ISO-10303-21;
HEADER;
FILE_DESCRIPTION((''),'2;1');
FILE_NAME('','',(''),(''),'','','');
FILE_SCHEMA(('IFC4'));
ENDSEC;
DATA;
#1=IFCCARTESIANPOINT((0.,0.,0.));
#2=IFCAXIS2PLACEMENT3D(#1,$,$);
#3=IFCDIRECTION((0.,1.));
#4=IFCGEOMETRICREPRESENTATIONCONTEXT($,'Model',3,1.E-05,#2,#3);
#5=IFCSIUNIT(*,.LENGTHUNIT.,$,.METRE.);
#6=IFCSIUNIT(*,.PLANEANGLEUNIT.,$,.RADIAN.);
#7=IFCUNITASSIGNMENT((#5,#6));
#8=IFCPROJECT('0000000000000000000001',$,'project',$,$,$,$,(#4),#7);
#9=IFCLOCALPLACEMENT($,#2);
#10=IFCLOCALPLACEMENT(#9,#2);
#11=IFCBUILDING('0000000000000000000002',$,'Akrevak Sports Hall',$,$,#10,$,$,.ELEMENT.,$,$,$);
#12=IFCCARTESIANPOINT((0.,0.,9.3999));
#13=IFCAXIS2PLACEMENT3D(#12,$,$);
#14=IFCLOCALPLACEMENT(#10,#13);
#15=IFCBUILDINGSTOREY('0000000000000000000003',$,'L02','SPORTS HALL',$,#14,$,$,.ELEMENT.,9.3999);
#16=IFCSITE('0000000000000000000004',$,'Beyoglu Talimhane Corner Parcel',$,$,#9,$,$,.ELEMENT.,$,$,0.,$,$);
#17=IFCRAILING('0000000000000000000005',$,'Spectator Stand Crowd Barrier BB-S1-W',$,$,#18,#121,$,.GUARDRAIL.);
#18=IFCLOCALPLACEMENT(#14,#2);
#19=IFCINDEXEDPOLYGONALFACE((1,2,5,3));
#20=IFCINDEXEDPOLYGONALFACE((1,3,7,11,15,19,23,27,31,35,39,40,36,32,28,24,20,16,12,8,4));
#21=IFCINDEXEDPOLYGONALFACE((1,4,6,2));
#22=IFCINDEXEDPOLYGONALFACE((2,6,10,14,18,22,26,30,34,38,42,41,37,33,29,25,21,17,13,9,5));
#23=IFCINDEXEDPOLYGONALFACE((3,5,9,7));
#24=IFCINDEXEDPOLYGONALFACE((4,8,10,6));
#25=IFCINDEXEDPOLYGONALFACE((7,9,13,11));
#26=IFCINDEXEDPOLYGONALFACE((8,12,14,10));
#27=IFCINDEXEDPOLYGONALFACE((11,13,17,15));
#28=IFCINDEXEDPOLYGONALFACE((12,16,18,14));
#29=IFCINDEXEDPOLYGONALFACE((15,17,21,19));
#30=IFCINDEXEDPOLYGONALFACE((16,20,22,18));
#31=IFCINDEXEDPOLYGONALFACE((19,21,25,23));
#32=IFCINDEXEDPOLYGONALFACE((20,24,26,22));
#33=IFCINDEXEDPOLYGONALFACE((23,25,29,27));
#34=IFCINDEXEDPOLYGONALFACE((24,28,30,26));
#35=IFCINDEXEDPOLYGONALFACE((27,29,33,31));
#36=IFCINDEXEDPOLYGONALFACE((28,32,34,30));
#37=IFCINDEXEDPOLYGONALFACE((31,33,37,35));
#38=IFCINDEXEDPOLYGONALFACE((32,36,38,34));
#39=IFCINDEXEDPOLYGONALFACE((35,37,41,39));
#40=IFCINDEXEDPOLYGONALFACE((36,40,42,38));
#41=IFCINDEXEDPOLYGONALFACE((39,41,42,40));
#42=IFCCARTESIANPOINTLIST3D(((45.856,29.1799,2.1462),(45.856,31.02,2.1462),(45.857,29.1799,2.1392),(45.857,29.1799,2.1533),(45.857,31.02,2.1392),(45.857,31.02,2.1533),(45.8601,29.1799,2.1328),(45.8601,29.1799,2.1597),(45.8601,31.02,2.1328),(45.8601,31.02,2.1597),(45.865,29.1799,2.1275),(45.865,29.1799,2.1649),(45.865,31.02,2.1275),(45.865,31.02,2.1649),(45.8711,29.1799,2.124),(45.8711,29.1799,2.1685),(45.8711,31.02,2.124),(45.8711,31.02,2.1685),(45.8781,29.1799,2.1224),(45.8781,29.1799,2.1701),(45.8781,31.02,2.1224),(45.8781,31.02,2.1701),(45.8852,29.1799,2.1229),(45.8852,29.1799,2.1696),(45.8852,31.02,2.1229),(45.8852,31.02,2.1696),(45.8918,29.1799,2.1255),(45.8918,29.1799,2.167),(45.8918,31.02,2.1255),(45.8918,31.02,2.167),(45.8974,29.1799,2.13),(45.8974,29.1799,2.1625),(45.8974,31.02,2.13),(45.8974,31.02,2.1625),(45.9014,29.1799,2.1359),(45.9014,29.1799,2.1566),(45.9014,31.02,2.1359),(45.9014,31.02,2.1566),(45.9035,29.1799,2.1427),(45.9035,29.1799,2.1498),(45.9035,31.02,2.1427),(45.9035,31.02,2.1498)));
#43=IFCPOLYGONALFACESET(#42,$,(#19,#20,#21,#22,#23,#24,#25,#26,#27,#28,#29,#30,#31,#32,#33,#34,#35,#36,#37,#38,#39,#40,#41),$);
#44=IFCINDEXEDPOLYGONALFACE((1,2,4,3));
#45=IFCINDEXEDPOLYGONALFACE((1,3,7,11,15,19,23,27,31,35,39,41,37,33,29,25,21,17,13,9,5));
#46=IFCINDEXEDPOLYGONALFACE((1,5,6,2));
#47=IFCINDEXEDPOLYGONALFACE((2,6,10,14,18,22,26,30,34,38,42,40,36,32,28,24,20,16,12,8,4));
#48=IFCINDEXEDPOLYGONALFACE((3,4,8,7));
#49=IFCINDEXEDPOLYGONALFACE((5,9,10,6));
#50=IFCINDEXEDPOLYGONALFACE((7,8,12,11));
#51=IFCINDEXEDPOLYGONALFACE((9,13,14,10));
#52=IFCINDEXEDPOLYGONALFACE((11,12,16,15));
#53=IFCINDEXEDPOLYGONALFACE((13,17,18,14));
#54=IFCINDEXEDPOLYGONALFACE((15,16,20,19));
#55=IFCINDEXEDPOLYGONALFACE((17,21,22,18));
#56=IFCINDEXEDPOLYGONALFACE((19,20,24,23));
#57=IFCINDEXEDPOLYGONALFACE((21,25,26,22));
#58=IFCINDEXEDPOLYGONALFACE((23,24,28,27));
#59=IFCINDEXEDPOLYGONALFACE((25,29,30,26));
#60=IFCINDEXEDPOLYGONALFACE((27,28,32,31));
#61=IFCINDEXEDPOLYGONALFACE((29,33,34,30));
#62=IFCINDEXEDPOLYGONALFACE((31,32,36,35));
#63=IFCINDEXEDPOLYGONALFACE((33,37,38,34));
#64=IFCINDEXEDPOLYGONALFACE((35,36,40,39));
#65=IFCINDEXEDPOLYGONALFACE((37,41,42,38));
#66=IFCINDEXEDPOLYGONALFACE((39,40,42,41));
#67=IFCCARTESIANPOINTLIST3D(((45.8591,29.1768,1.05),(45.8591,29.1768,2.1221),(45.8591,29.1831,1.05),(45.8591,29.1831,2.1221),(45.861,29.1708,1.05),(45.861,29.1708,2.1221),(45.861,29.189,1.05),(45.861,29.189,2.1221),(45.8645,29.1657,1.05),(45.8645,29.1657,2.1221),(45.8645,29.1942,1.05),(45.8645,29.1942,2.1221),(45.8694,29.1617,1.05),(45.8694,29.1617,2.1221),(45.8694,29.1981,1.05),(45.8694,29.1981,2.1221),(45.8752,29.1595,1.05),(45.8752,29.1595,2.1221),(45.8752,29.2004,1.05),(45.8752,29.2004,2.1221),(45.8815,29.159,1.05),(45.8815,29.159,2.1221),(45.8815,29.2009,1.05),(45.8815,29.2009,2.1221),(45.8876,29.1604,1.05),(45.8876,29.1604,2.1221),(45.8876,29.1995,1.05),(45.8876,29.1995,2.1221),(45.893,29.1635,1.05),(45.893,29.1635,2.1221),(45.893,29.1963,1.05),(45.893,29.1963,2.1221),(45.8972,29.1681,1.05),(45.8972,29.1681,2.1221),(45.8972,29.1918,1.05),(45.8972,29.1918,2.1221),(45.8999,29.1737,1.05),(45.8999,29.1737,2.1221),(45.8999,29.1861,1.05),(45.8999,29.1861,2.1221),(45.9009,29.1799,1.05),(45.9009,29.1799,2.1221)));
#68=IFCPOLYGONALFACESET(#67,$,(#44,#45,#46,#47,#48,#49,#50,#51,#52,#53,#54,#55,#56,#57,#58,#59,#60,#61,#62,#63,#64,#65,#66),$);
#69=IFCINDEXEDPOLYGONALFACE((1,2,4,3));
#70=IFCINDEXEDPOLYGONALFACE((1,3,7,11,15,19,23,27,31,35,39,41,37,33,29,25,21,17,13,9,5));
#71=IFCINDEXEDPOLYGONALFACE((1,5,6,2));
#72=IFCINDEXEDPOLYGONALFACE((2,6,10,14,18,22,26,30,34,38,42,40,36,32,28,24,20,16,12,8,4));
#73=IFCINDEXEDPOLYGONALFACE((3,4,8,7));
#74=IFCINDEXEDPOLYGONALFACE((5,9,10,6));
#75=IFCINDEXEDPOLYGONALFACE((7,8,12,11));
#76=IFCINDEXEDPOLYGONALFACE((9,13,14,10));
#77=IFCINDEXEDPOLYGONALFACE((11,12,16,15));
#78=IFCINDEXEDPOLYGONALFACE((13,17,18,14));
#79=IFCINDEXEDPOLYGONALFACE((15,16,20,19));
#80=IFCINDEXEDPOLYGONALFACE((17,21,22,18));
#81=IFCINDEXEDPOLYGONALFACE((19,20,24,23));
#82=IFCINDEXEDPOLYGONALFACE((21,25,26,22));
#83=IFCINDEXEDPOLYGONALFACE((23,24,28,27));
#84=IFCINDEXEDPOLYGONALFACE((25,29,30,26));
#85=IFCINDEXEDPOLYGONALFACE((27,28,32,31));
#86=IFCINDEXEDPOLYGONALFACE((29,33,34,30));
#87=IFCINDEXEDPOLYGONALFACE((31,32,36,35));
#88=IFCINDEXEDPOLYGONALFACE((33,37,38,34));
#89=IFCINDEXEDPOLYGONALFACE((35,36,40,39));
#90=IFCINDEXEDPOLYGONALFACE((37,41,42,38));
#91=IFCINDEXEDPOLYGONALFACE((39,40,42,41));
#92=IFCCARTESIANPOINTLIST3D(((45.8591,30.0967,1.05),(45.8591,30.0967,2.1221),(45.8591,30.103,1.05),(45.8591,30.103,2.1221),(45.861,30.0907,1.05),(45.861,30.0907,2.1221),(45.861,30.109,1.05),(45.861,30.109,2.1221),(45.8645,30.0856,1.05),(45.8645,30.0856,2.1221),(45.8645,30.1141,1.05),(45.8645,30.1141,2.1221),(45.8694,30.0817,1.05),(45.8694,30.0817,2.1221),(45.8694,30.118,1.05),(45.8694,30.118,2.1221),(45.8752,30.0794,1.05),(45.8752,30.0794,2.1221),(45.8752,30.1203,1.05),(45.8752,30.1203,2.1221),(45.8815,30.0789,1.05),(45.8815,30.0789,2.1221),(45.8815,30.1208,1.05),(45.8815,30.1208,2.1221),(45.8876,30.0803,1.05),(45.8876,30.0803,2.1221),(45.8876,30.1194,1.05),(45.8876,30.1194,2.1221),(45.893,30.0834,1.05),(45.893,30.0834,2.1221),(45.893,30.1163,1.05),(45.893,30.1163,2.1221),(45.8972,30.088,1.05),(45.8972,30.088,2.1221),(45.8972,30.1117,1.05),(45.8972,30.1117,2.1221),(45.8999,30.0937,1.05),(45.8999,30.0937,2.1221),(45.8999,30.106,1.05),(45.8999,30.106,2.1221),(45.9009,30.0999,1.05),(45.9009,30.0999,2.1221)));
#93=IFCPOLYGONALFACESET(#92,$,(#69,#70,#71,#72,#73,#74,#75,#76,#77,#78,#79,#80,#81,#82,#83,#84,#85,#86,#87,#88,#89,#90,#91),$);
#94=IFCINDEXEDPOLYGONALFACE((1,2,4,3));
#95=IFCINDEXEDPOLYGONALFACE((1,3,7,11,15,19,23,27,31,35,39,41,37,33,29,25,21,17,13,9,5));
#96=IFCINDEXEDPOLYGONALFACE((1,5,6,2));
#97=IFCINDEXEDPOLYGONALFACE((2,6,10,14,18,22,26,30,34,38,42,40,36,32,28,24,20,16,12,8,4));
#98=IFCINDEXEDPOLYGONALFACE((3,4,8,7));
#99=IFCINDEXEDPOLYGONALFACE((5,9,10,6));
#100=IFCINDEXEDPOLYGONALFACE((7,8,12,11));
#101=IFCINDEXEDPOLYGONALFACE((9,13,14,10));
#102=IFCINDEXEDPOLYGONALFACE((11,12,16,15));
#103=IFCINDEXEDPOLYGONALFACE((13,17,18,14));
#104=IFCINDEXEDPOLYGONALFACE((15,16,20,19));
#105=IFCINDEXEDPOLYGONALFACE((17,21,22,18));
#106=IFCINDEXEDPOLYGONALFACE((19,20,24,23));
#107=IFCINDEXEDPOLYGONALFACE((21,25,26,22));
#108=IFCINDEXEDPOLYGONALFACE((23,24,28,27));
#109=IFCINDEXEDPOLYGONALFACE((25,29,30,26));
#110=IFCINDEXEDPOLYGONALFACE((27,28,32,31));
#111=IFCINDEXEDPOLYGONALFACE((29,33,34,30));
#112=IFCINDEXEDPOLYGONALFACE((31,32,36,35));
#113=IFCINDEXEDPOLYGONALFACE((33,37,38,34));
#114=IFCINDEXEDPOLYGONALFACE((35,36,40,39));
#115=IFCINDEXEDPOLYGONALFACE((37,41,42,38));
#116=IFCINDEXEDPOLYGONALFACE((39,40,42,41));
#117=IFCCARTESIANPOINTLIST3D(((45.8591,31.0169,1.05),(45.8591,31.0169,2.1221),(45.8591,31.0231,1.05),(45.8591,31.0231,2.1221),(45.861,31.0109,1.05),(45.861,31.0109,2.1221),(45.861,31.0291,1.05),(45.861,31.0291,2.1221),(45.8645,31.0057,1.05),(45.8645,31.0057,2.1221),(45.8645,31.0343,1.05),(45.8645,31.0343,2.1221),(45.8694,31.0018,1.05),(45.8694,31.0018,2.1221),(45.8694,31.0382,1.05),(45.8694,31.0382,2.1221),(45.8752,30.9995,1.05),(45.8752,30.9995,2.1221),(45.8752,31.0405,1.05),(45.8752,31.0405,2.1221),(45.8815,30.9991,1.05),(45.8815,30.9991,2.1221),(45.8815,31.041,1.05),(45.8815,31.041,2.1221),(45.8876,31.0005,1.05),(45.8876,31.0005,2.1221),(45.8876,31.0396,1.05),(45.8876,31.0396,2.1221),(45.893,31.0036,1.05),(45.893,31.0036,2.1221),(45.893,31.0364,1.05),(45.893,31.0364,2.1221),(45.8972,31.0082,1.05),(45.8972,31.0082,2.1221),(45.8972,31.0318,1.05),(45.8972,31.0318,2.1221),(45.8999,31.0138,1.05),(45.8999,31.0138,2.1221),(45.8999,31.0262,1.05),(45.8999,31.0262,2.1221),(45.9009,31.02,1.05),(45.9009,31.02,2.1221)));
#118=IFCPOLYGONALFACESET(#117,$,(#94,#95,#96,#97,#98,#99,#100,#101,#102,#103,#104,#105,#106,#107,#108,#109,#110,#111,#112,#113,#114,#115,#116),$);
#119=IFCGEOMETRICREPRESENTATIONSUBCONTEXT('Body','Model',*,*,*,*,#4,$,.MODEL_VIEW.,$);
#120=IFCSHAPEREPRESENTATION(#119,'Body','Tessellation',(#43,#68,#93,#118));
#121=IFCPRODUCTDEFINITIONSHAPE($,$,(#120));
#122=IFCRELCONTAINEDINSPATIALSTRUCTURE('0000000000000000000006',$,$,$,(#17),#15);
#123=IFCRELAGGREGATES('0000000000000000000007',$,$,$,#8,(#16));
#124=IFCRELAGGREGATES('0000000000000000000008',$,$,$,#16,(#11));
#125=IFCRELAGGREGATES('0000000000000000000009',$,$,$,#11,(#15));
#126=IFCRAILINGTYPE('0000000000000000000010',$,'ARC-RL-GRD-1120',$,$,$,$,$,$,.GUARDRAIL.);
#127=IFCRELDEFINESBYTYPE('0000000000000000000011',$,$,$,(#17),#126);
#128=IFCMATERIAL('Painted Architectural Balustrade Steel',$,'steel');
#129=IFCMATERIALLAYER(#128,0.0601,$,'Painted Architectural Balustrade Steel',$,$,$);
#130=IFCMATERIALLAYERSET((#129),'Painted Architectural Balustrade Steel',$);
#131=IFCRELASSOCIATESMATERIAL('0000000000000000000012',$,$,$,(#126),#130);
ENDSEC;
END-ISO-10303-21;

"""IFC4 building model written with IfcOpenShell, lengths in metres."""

from ifc_helpers import new_model, si_unit, direction, frame, origin, origin_2d, place, context, subcontext, project, spatial, circle, extrude, material, layer, layer_set, type_object, element, save


model = new_model("IFC4")

# Units and contexts
model_context = context("Model", 3, precision=1e-05, world=origin(), true_north=direction((0.0, 1.0)))
body_context = subcontext(model_context, "Body", "Model", "MODEL_VIEW")
ifc_project = project(units=[si_unit("LENGTHUNIT", "METRE"), si_unit("PLANEANGLEUNIT", "RADIAN")], contexts=[model_context])

# Site, building, storey
site_placement = place(None, origin())
site = spatial("IfcSite", under=ifc_project, at=site_placement, Name="Beyoglu Talimhane Corner Parcel", CompositionType="ELEMENT", RefElevation=0.0)
building_placement = place(site_placement, origin())
building = spatial("IfcBuilding", under=site, at=building_placement, Name="Akrevak Sports Hall", CompositionType="ELEMENT")
storey_placement = place(building_placement, frame((0.0, 0.0, 9.3999)))
storey = spatial("IfcBuildingStorey", under=building, at=storey_placement, Name="L02", Description="SPORTS HALL", CompositionType="ELEMENT", Elevation=9.3999)

# Railing
ifc_material_1 = material(Name="Painted Architectural Balustrade Steel", Category="steel")
ifc_layer_1 = layer(ifc_material_1, 0.0601, Name="Painted Architectural Balustrade Steel")
ifc_layer_set_1 = layer_set([ifc_layer_1], Name="Painted Architectural Balustrade Steel")
railing_type_1 = type_object("IfcRailingType", Name="ARC-RL-GRD-1120", PredefinedType="GUARDRAIL", material=ifc_layer_set_1)
railing_1_placement = place(storey_placement, frame((45.8799, 29.1799, 1.05)))
element("IfcRailing", 1, at=railing_1_placement, inside=storey, type_object=railing_type_1, Name="Spectator Stand Crowd Barrier BB-S1-W", PredefinedType="GUARDRAIL", context=body_context, shape_type="SweptSolid", body=[
    extrude(circle(Radius=0.0239, at=origin_2d()), frame((0.0, 0.0, 1.0962), z_axis=(0.0, 1.0, 0.0), x_axis=(-1.0, 0.0, 0.0)), (0.0, 0.0, 1.0), 1.8401),
    extrude(circle(Radius=0.021, at=origin_2d()), origin(), (0.0, 0.0, 1.0), 1.072),
    extrude(circle(Radius=0.021, at=origin_2d()), frame((0.0, 0.9199, 0.0)), (0.0, 0.0, 1.0), 1.072),
    extrude(circle(Radius=0.021, at=origin_2d()), frame((0.0, 1.8401, 0.0)), (0.0, 0.0, 1.0), 1.072),
])

save(model, "model.ifc")
